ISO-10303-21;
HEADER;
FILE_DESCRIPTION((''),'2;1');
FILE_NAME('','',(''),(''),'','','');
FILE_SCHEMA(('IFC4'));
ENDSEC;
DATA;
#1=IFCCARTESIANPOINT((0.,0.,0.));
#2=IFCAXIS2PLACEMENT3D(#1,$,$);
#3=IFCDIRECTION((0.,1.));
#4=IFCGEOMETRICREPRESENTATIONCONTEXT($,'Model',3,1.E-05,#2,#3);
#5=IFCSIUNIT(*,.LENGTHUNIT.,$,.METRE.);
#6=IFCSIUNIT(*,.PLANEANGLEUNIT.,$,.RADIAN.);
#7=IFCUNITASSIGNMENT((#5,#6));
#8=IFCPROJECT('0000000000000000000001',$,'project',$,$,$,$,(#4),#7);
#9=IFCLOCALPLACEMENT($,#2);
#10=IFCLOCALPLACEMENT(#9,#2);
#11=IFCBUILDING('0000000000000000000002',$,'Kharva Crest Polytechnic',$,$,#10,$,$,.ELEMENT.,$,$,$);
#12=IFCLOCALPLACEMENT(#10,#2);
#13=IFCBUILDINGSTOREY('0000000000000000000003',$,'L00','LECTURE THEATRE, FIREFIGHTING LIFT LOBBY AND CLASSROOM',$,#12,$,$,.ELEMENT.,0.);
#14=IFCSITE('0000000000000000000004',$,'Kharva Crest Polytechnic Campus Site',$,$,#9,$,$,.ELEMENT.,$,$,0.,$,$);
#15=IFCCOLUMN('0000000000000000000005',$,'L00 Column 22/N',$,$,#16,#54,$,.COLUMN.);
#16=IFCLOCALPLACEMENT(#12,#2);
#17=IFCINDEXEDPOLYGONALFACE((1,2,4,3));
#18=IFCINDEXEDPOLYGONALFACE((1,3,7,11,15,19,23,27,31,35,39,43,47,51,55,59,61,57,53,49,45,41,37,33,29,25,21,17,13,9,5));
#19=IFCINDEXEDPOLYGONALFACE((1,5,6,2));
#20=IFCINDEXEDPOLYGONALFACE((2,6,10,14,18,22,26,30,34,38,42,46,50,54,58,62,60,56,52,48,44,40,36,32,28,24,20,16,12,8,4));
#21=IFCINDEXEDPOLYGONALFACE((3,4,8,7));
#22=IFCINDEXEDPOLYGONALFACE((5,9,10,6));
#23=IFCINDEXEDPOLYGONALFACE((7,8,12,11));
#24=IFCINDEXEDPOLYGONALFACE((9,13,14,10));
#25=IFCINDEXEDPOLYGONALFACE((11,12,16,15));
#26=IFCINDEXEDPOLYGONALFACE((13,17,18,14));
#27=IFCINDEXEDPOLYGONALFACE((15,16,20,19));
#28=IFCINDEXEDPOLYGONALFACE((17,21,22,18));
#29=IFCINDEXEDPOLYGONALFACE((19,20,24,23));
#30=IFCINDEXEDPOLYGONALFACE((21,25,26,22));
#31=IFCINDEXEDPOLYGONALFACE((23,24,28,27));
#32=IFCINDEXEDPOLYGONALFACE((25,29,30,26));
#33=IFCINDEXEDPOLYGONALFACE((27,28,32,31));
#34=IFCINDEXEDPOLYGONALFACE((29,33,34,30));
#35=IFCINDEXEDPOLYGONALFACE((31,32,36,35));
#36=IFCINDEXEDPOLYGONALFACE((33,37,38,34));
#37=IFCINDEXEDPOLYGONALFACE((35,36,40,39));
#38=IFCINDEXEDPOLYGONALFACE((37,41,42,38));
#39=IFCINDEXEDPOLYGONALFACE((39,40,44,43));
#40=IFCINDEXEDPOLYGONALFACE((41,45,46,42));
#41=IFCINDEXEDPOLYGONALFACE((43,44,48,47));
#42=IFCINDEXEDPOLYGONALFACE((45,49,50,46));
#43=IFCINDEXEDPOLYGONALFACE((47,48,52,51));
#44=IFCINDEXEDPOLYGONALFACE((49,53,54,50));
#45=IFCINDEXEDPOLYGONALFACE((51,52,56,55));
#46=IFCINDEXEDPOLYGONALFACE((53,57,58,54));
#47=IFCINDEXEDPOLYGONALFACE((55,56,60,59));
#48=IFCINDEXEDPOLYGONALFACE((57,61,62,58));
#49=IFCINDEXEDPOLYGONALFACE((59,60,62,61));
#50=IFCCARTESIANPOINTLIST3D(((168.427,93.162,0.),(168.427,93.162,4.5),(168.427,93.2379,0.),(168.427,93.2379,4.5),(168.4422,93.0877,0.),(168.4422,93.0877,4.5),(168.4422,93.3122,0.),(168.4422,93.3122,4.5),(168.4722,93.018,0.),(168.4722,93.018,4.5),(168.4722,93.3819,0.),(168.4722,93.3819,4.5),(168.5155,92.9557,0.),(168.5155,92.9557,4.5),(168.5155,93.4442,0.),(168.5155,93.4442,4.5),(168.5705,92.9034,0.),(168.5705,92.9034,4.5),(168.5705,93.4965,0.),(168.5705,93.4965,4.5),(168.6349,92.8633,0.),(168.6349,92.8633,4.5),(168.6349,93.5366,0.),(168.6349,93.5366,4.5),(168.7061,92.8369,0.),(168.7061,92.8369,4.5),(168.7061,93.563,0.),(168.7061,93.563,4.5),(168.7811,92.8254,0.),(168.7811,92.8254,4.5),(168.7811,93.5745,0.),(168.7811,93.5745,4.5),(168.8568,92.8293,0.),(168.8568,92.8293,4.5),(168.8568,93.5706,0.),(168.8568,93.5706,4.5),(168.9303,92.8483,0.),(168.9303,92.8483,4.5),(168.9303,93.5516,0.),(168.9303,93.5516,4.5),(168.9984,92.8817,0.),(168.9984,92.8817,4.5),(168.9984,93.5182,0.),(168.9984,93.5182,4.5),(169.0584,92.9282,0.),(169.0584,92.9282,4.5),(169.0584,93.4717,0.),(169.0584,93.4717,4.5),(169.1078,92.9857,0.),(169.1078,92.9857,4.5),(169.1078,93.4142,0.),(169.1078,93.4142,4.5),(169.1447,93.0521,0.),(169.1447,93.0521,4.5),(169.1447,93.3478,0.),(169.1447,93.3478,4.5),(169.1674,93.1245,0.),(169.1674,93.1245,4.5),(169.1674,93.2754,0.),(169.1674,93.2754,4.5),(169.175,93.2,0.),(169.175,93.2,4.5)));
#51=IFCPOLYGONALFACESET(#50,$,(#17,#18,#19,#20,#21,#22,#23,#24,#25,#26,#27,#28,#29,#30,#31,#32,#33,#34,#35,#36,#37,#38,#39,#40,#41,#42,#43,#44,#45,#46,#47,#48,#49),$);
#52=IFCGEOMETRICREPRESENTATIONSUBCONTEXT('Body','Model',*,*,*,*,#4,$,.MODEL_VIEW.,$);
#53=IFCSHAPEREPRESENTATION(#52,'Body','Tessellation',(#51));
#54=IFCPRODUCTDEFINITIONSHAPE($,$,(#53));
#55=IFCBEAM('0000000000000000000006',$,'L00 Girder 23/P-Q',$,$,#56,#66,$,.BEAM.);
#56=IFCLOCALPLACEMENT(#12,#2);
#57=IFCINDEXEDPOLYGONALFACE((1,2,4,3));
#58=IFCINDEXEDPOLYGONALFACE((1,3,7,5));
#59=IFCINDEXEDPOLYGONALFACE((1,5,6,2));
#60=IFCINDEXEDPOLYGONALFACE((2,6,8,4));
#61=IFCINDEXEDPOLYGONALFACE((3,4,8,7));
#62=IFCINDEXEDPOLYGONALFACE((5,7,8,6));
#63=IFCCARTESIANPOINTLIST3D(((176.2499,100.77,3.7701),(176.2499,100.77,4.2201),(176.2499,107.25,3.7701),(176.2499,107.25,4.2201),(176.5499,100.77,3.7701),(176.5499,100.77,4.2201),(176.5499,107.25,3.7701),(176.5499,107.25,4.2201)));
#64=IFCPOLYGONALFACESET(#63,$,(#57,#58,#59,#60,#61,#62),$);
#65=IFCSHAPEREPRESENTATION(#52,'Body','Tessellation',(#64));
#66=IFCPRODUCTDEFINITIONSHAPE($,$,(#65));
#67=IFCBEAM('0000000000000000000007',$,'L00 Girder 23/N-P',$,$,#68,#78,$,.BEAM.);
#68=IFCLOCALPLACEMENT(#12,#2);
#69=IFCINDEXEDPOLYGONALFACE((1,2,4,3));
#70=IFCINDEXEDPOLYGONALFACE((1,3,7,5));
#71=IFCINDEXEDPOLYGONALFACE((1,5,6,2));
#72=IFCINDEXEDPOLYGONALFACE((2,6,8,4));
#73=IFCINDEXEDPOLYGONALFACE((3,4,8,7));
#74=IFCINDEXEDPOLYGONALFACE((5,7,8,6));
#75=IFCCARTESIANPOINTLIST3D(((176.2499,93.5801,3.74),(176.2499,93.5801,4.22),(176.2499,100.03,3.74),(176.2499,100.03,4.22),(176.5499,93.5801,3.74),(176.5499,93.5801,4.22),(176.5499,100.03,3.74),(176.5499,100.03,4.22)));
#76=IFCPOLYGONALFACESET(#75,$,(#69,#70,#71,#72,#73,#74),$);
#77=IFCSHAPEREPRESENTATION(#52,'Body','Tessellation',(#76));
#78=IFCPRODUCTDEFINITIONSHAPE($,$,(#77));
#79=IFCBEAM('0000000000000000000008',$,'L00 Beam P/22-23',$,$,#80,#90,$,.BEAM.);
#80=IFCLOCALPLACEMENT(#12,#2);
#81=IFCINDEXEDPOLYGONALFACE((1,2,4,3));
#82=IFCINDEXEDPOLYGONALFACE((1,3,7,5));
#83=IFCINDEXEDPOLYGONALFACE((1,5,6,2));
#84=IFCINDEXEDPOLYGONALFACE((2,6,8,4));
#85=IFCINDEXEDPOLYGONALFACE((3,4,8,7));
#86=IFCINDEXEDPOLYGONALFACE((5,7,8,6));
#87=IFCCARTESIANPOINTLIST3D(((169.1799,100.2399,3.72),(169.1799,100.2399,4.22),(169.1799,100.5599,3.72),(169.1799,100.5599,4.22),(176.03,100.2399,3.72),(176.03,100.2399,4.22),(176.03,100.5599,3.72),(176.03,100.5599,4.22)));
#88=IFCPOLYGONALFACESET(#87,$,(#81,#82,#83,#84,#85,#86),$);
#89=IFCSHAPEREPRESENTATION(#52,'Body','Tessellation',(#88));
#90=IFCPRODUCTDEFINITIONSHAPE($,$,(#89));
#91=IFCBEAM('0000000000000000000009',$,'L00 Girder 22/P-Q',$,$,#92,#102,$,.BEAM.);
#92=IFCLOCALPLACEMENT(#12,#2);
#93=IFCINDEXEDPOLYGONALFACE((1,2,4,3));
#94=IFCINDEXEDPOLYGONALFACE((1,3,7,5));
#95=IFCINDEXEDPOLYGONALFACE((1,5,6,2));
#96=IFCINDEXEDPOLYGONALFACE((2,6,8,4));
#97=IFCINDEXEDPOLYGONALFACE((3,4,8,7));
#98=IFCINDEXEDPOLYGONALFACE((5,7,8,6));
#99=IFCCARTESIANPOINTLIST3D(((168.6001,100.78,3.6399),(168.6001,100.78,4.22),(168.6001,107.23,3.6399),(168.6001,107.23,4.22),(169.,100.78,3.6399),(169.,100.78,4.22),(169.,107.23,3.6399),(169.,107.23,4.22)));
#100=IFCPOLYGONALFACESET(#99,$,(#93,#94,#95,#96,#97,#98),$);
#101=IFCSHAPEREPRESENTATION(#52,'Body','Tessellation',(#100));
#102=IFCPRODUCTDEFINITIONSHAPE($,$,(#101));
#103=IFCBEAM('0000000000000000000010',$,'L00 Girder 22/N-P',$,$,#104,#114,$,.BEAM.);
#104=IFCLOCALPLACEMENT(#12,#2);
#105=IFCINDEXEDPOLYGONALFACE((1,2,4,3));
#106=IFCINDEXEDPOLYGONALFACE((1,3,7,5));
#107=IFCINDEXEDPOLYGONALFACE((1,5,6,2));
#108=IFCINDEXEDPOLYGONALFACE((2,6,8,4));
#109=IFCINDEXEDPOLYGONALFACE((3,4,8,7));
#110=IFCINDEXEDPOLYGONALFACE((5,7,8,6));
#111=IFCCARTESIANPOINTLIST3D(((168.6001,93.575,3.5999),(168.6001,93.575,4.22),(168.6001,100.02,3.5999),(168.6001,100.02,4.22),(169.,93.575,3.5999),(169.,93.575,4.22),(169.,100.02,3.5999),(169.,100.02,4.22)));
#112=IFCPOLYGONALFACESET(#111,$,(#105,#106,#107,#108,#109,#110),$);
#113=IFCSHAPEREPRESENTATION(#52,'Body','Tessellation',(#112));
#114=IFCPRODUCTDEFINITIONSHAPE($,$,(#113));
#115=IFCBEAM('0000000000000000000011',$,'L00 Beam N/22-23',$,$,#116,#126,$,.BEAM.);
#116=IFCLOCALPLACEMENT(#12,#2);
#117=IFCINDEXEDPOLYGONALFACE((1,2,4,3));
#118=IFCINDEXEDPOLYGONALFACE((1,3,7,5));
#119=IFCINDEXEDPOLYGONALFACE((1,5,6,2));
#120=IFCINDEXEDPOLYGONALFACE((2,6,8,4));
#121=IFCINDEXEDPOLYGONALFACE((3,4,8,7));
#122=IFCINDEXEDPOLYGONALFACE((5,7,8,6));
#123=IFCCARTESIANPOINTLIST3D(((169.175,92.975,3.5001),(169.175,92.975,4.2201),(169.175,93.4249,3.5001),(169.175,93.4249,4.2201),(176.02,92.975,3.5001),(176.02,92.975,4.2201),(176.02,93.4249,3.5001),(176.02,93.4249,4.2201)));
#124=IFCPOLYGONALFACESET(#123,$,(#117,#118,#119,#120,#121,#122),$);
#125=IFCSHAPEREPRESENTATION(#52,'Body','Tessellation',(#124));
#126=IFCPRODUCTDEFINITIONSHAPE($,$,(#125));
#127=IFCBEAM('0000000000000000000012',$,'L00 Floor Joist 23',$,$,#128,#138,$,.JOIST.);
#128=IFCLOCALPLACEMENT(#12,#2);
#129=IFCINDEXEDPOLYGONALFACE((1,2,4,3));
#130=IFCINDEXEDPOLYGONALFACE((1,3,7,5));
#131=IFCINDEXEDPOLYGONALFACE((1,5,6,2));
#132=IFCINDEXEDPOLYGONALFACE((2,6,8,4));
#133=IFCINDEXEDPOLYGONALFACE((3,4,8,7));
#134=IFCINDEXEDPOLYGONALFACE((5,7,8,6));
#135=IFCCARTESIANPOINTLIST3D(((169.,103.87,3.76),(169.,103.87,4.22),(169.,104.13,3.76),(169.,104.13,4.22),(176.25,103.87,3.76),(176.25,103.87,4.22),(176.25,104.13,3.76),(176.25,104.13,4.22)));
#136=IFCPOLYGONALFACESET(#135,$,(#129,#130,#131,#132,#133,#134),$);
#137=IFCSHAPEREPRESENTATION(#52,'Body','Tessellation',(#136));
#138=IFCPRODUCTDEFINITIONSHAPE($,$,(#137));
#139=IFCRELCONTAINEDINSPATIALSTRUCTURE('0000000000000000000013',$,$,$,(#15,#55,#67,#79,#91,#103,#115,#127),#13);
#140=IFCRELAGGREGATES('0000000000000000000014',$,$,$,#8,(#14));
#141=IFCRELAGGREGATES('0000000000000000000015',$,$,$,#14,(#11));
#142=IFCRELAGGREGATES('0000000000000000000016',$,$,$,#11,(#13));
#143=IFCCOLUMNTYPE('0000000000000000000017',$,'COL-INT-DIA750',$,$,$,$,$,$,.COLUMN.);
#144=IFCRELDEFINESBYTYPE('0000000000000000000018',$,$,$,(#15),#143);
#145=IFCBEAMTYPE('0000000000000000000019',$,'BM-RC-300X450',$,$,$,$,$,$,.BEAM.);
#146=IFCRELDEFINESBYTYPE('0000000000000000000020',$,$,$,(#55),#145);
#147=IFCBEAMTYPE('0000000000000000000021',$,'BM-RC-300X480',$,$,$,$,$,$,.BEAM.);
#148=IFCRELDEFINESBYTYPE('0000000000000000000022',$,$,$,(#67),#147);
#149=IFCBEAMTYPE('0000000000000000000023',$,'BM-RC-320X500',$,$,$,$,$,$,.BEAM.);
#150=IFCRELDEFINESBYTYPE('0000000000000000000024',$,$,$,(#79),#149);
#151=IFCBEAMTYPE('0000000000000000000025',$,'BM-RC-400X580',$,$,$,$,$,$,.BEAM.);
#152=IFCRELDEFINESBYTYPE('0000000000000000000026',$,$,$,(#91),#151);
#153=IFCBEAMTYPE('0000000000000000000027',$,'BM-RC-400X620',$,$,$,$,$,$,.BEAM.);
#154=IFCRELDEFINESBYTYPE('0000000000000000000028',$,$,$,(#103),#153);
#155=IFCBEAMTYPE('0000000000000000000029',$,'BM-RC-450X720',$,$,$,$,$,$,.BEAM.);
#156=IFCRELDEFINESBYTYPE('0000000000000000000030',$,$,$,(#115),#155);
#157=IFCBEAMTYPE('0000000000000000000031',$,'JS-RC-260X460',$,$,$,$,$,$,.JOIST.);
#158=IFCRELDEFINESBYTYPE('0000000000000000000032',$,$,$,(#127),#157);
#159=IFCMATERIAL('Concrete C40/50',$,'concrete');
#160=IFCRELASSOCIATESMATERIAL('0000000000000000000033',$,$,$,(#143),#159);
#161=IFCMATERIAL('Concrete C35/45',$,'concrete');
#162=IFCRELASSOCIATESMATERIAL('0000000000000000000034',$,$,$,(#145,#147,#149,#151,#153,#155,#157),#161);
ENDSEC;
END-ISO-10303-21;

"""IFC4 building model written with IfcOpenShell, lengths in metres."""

from ifc_helpers import new_model, si_unit, direction, frame, origin, origin_2d, place, context, subcontext, project, spatial, rectangle, circle, extrude, material, material_profile, profile_set, type_object, element, save


model = new_model("IFC4")

# Units and contexts
model_context = context("Model", 3, precision=1e-05, world=origin(), true_north=direction((0.0, 1.0)))
body_context = subcontext(model_context, "Body", "Model", "MODEL_VIEW")
ifc_project = project(units=[si_unit("LENGTHUNIT", "METRE"), si_unit("PLANEANGLEUNIT", "RADIAN")], contexts=[model_context])

# Site, building, storey
site_placement = place(None, origin())
site = spatial("IfcSite", under=ifc_project, at=site_placement, Name="Kharva Crest Polytechnic Campus Site", CompositionType="ELEMENT", RefElevation=0.0)
building_placement = place(site_placement, origin())
building = spatial("IfcBuilding", under=site, at=building_placement, Name="Kharva Crest Polytechnic", CompositionType="ELEMENT")
storey_placement = place(building_placement, origin())
storey = spatial("IfcBuildingStorey", under=building, at=storey_placement, Name="L00", Description="LECTURE THEATRE, FIREFIGHTING LIFT LOBBY AND CLASSROOM", CompositionType="ELEMENT", Elevation=0.0)

# Shared definitions
ifc_material_1 = material(Name="Concrete C35/45", Category="concrete")

# Column
ifc_material_2 = material(Name="Concrete C40/50", Category="concrete")
ifc_material_profile_1 = material_profile(ifc_material_2, circle(Radius=0.375, at=origin_2d()), Name="DIA 750")
ifc_profile_set_1 = profile_set([ifc_material_profile_1], Name="Concrete C40/50")
column_type_1 = type_object("IfcColumnType", Name="COL-INT-DIA750", PredefinedType="COLUMN", material=ifc_profile_set_1)
column_1_placement = place(storey_placement, frame((168.8, 93.2, 0.0), z_axis=(0.0, 0.0, 1.0), x_axis=(1.0, 0.0, 0.0)))
element("IfcColumn", 1, at=column_1_placement, inside=storey, type_object=column_type_1, Name="L00 Column 22/N", PredefinedType="COLUMN", context=body_context, shape_type="SweptSolid", body=[
    extrude(circle(Radius=0.375, at=origin_2d()), origin(), (0.0, 0.0, 1.0), 4.5),
])

# Beams
ifc_material_profile_2 = material_profile(ifc_material_1, rectangle(XDim=0.3, YDim=0.45, at=origin_2d()), Name="RECT 300 X 450")
ifc_profile_set_2 = profile_set([ifc_material_profile_2], Name="Concrete C35/45")
beam_type_1 = type_object("IfcBeamType", Name="BM-RC-300X450", PredefinedType="BEAM", material=ifc_profile_set_2)
beam_1_placement = place(storey_placement, frame((176.3999, 100.77, 3.9951), z_axis=(0.0, 1.0, 0.0), x_axis=(-1.0, 0.0, 0.0)))
element("IfcBeam", 2, at=beam_1_placement, inside=storey, type_object=beam_type_1, Name="L00 Girder 23/P-Q", PredefinedType="BEAM", context=body_context, shape_type="SweptSolid", body=[
    extrude(rectangle(XDim=0.3, YDim=0.45, at=origin_2d()), origin(), (0.0, 0.0, 1.0), 6.48),
])
ifc_material_profile_3 = material_profile(ifc_material_1, rectangle(XDim=0.3, YDim=0.48, at=origin_2d()), Name="RECT 300 X 480")
ifc_profile_set_3 = profile_set([ifc_material_profile_3], Name="Concrete C35/45")
beam_type_2 = type_object("IfcBeamType", Name="BM-RC-300X480", PredefinedType="BEAM", material=ifc_profile_set_3)
beam_2_placement = place(storey_placement, frame((176.3999, 93.5801, 3.98), z_axis=(0.0, 1.0, 0.0), x_axis=(-1.0, 0.0, 0.0)))
element("IfcBeam", 3, at=beam_2_placement, inside=storey, type_object=beam_type_2, Name="L00 Girder 23/N-P", PredefinedType="BEAM", context=body_context, shape_type="SweptSolid", body=[
    extrude(rectangle(XDim=0.3, YDim=0.48, at=origin_2d()), origin(), (0.0, 0.0, 1.0), 6.45),
])
ifc_material_profile_4 = material_profile(ifc_material_1, rectangle(XDim=0.3201, YDim=0.5, at=origin_2d()), Name="RECT 320 X 500")
ifc_profile_set_4 = profile_set([ifc_material_profile_4], Name="Concrete C35/45")
beam_type_3 = type_object("IfcBeamType", Name="BM-RC-320X500", PredefinedType="BEAM", material=ifc_profile_set_4)
beam_3_placement = place(storey_placement, frame((169.1799, 100.3999, 3.97), z_axis=(1.0, 0.0, 0.0), x_axis=(0.0, 1.0, 0.0)))
element("IfcBeam", 4, at=beam_3_placement, inside=storey, type_object=beam_type_3, Name="L00 Beam P/22-23", PredefinedType="BEAM", context=body_context, shape_type="SweptSolid", body=[
    extrude(rectangle(XDim=0.3201, YDim=0.5, at=origin_2d()), origin(), (0.0, 0.0, 1.0), 6.8501),
])
ifc_material_profile_5 = material_profile(ifc_material_1, rectangle(XDim=0.3999, YDim=0.5801, at=origin_2d()), Name="RECT 400 X 580")
ifc_profile_set_5 = profile_set([ifc_material_profile_5], Name="Concrete C35/45")
beam_type_4 = type_object("IfcBeamType", Name="BM-RC-400X580", PredefinedType="BEAM", material=ifc_profile_set_5)
beam_4_placement = place(storey_placement, frame((168.8, 100.78, 3.9299), z_axis=(0.0, 1.0, 0.0), x_axis=(-1.0, 0.0, 0.0)))
element("IfcBeam", 5, at=beam_4_placement, inside=storey, type_object=beam_type_4, Name="L00 Girder 22/P-Q", PredefinedType="BEAM", context=body_context, shape_type="SweptSolid", body=[
    extrude(rectangle(XDim=0.3999, YDim=0.5801, at=origin_2d()), origin(), (0.0, 0.0, 1.0), 6.45),
])
ifc_material_profile_6 = material_profile(ifc_material_1, rectangle(XDim=0.3999, YDim=0.6201, at=origin_2d()), Name="RECT 400 X 620")
ifc_profile_set_6 = profile_set([ifc_material_profile_6], Name="Concrete C35/45")
beam_type_5 = type_object("IfcBeamType", Name="BM-RC-400X620", PredefinedType="BEAM", material=ifc_profile_set_6)
beam_5_placement = place(storey_placement, frame((168.8, 93.575, 3.9099), z_axis=(0.0, 1.0, 0.0), x_axis=(-1.0, 0.0, 0.0)))
element("IfcBeam", 6, at=beam_5_placement, inside=storey, type_object=beam_type_5, Name="L00 Girder 22/N-P", PredefinedType="BEAM", context=body_context, shape_type="SweptSolid", body=[
    extrude(rectangle(XDim=0.3999, YDim=0.6201, at=origin_2d()), origin(), (0.0, 0.0, 1.0), 6.4451),
])
ifc_material_profile_7 = material_profile(ifc_material_1, rectangle(XDim=0.45, YDim=0.72, at=origin_2d()), Name="RECT 450 X 720")
ifc_profile_set_7 = profile_set([ifc_material_profile_7], Name="Concrete C35/45")
beam_type_6 = type_object("IfcBeamType", Name="BM-RC-450X720", PredefinedType="BEAM", material=ifc_profile_set_7)
beam_6_placement = place(storey_placement, frame((169.175, 93.2, 3.8601), z_axis=(1.0, 0.0, 0.0), x_axis=(0.0, 1.0, 0.0)))
element("IfcBeam", 7, at=beam_6_placement, inside=storey, type_object=beam_type_6, Name="L00 Beam N/22-23", PredefinedType="BEAM", context=body_context, shape_type="SweptSolid", body=[
    extrude(rectangle(XDim=0.45, YDim=0.72, at=origin_2d()), origin(), (0.0, 0.0, 1.0), 6.845),
])
ifc_material_profile_8 = material_profile(ifc_material_1, rectangle(XDim=0.26, YDim=0.46, at=origin_2d()), Name="RECT 260 X 460")
ifc_profile_set_8 = profile_set([ifc_material_profile_8], Name="Concrete C35/45")
beam_type_7 = type_object("IfcBeamType", Name="JS-RC-260X460", PredefinedType="JOIST", material=ifc_profile_set_8)
beam_7_placement = place(storey_placement, frame((169.0, 104.0, 3.99), z_axis=(1.0, 0.0, 0.0), x_axis=(0.0, 1.0, 0.0)))
element("IfcBeam", 8, at=beam_7_placement, inside=storey, type_object=beam_type_7, Name="L00 Floor Joist 23", PredefinedType="JOIST", context=body_context, shape_type="SweptSolid", body=[
    extrude(rectangle(XDim=0.26, YDim=0.46, at=origin_2d()), origin(), (0.0, 0.0, 1.0), 7.25),
])

save(model, "model.ifc")
